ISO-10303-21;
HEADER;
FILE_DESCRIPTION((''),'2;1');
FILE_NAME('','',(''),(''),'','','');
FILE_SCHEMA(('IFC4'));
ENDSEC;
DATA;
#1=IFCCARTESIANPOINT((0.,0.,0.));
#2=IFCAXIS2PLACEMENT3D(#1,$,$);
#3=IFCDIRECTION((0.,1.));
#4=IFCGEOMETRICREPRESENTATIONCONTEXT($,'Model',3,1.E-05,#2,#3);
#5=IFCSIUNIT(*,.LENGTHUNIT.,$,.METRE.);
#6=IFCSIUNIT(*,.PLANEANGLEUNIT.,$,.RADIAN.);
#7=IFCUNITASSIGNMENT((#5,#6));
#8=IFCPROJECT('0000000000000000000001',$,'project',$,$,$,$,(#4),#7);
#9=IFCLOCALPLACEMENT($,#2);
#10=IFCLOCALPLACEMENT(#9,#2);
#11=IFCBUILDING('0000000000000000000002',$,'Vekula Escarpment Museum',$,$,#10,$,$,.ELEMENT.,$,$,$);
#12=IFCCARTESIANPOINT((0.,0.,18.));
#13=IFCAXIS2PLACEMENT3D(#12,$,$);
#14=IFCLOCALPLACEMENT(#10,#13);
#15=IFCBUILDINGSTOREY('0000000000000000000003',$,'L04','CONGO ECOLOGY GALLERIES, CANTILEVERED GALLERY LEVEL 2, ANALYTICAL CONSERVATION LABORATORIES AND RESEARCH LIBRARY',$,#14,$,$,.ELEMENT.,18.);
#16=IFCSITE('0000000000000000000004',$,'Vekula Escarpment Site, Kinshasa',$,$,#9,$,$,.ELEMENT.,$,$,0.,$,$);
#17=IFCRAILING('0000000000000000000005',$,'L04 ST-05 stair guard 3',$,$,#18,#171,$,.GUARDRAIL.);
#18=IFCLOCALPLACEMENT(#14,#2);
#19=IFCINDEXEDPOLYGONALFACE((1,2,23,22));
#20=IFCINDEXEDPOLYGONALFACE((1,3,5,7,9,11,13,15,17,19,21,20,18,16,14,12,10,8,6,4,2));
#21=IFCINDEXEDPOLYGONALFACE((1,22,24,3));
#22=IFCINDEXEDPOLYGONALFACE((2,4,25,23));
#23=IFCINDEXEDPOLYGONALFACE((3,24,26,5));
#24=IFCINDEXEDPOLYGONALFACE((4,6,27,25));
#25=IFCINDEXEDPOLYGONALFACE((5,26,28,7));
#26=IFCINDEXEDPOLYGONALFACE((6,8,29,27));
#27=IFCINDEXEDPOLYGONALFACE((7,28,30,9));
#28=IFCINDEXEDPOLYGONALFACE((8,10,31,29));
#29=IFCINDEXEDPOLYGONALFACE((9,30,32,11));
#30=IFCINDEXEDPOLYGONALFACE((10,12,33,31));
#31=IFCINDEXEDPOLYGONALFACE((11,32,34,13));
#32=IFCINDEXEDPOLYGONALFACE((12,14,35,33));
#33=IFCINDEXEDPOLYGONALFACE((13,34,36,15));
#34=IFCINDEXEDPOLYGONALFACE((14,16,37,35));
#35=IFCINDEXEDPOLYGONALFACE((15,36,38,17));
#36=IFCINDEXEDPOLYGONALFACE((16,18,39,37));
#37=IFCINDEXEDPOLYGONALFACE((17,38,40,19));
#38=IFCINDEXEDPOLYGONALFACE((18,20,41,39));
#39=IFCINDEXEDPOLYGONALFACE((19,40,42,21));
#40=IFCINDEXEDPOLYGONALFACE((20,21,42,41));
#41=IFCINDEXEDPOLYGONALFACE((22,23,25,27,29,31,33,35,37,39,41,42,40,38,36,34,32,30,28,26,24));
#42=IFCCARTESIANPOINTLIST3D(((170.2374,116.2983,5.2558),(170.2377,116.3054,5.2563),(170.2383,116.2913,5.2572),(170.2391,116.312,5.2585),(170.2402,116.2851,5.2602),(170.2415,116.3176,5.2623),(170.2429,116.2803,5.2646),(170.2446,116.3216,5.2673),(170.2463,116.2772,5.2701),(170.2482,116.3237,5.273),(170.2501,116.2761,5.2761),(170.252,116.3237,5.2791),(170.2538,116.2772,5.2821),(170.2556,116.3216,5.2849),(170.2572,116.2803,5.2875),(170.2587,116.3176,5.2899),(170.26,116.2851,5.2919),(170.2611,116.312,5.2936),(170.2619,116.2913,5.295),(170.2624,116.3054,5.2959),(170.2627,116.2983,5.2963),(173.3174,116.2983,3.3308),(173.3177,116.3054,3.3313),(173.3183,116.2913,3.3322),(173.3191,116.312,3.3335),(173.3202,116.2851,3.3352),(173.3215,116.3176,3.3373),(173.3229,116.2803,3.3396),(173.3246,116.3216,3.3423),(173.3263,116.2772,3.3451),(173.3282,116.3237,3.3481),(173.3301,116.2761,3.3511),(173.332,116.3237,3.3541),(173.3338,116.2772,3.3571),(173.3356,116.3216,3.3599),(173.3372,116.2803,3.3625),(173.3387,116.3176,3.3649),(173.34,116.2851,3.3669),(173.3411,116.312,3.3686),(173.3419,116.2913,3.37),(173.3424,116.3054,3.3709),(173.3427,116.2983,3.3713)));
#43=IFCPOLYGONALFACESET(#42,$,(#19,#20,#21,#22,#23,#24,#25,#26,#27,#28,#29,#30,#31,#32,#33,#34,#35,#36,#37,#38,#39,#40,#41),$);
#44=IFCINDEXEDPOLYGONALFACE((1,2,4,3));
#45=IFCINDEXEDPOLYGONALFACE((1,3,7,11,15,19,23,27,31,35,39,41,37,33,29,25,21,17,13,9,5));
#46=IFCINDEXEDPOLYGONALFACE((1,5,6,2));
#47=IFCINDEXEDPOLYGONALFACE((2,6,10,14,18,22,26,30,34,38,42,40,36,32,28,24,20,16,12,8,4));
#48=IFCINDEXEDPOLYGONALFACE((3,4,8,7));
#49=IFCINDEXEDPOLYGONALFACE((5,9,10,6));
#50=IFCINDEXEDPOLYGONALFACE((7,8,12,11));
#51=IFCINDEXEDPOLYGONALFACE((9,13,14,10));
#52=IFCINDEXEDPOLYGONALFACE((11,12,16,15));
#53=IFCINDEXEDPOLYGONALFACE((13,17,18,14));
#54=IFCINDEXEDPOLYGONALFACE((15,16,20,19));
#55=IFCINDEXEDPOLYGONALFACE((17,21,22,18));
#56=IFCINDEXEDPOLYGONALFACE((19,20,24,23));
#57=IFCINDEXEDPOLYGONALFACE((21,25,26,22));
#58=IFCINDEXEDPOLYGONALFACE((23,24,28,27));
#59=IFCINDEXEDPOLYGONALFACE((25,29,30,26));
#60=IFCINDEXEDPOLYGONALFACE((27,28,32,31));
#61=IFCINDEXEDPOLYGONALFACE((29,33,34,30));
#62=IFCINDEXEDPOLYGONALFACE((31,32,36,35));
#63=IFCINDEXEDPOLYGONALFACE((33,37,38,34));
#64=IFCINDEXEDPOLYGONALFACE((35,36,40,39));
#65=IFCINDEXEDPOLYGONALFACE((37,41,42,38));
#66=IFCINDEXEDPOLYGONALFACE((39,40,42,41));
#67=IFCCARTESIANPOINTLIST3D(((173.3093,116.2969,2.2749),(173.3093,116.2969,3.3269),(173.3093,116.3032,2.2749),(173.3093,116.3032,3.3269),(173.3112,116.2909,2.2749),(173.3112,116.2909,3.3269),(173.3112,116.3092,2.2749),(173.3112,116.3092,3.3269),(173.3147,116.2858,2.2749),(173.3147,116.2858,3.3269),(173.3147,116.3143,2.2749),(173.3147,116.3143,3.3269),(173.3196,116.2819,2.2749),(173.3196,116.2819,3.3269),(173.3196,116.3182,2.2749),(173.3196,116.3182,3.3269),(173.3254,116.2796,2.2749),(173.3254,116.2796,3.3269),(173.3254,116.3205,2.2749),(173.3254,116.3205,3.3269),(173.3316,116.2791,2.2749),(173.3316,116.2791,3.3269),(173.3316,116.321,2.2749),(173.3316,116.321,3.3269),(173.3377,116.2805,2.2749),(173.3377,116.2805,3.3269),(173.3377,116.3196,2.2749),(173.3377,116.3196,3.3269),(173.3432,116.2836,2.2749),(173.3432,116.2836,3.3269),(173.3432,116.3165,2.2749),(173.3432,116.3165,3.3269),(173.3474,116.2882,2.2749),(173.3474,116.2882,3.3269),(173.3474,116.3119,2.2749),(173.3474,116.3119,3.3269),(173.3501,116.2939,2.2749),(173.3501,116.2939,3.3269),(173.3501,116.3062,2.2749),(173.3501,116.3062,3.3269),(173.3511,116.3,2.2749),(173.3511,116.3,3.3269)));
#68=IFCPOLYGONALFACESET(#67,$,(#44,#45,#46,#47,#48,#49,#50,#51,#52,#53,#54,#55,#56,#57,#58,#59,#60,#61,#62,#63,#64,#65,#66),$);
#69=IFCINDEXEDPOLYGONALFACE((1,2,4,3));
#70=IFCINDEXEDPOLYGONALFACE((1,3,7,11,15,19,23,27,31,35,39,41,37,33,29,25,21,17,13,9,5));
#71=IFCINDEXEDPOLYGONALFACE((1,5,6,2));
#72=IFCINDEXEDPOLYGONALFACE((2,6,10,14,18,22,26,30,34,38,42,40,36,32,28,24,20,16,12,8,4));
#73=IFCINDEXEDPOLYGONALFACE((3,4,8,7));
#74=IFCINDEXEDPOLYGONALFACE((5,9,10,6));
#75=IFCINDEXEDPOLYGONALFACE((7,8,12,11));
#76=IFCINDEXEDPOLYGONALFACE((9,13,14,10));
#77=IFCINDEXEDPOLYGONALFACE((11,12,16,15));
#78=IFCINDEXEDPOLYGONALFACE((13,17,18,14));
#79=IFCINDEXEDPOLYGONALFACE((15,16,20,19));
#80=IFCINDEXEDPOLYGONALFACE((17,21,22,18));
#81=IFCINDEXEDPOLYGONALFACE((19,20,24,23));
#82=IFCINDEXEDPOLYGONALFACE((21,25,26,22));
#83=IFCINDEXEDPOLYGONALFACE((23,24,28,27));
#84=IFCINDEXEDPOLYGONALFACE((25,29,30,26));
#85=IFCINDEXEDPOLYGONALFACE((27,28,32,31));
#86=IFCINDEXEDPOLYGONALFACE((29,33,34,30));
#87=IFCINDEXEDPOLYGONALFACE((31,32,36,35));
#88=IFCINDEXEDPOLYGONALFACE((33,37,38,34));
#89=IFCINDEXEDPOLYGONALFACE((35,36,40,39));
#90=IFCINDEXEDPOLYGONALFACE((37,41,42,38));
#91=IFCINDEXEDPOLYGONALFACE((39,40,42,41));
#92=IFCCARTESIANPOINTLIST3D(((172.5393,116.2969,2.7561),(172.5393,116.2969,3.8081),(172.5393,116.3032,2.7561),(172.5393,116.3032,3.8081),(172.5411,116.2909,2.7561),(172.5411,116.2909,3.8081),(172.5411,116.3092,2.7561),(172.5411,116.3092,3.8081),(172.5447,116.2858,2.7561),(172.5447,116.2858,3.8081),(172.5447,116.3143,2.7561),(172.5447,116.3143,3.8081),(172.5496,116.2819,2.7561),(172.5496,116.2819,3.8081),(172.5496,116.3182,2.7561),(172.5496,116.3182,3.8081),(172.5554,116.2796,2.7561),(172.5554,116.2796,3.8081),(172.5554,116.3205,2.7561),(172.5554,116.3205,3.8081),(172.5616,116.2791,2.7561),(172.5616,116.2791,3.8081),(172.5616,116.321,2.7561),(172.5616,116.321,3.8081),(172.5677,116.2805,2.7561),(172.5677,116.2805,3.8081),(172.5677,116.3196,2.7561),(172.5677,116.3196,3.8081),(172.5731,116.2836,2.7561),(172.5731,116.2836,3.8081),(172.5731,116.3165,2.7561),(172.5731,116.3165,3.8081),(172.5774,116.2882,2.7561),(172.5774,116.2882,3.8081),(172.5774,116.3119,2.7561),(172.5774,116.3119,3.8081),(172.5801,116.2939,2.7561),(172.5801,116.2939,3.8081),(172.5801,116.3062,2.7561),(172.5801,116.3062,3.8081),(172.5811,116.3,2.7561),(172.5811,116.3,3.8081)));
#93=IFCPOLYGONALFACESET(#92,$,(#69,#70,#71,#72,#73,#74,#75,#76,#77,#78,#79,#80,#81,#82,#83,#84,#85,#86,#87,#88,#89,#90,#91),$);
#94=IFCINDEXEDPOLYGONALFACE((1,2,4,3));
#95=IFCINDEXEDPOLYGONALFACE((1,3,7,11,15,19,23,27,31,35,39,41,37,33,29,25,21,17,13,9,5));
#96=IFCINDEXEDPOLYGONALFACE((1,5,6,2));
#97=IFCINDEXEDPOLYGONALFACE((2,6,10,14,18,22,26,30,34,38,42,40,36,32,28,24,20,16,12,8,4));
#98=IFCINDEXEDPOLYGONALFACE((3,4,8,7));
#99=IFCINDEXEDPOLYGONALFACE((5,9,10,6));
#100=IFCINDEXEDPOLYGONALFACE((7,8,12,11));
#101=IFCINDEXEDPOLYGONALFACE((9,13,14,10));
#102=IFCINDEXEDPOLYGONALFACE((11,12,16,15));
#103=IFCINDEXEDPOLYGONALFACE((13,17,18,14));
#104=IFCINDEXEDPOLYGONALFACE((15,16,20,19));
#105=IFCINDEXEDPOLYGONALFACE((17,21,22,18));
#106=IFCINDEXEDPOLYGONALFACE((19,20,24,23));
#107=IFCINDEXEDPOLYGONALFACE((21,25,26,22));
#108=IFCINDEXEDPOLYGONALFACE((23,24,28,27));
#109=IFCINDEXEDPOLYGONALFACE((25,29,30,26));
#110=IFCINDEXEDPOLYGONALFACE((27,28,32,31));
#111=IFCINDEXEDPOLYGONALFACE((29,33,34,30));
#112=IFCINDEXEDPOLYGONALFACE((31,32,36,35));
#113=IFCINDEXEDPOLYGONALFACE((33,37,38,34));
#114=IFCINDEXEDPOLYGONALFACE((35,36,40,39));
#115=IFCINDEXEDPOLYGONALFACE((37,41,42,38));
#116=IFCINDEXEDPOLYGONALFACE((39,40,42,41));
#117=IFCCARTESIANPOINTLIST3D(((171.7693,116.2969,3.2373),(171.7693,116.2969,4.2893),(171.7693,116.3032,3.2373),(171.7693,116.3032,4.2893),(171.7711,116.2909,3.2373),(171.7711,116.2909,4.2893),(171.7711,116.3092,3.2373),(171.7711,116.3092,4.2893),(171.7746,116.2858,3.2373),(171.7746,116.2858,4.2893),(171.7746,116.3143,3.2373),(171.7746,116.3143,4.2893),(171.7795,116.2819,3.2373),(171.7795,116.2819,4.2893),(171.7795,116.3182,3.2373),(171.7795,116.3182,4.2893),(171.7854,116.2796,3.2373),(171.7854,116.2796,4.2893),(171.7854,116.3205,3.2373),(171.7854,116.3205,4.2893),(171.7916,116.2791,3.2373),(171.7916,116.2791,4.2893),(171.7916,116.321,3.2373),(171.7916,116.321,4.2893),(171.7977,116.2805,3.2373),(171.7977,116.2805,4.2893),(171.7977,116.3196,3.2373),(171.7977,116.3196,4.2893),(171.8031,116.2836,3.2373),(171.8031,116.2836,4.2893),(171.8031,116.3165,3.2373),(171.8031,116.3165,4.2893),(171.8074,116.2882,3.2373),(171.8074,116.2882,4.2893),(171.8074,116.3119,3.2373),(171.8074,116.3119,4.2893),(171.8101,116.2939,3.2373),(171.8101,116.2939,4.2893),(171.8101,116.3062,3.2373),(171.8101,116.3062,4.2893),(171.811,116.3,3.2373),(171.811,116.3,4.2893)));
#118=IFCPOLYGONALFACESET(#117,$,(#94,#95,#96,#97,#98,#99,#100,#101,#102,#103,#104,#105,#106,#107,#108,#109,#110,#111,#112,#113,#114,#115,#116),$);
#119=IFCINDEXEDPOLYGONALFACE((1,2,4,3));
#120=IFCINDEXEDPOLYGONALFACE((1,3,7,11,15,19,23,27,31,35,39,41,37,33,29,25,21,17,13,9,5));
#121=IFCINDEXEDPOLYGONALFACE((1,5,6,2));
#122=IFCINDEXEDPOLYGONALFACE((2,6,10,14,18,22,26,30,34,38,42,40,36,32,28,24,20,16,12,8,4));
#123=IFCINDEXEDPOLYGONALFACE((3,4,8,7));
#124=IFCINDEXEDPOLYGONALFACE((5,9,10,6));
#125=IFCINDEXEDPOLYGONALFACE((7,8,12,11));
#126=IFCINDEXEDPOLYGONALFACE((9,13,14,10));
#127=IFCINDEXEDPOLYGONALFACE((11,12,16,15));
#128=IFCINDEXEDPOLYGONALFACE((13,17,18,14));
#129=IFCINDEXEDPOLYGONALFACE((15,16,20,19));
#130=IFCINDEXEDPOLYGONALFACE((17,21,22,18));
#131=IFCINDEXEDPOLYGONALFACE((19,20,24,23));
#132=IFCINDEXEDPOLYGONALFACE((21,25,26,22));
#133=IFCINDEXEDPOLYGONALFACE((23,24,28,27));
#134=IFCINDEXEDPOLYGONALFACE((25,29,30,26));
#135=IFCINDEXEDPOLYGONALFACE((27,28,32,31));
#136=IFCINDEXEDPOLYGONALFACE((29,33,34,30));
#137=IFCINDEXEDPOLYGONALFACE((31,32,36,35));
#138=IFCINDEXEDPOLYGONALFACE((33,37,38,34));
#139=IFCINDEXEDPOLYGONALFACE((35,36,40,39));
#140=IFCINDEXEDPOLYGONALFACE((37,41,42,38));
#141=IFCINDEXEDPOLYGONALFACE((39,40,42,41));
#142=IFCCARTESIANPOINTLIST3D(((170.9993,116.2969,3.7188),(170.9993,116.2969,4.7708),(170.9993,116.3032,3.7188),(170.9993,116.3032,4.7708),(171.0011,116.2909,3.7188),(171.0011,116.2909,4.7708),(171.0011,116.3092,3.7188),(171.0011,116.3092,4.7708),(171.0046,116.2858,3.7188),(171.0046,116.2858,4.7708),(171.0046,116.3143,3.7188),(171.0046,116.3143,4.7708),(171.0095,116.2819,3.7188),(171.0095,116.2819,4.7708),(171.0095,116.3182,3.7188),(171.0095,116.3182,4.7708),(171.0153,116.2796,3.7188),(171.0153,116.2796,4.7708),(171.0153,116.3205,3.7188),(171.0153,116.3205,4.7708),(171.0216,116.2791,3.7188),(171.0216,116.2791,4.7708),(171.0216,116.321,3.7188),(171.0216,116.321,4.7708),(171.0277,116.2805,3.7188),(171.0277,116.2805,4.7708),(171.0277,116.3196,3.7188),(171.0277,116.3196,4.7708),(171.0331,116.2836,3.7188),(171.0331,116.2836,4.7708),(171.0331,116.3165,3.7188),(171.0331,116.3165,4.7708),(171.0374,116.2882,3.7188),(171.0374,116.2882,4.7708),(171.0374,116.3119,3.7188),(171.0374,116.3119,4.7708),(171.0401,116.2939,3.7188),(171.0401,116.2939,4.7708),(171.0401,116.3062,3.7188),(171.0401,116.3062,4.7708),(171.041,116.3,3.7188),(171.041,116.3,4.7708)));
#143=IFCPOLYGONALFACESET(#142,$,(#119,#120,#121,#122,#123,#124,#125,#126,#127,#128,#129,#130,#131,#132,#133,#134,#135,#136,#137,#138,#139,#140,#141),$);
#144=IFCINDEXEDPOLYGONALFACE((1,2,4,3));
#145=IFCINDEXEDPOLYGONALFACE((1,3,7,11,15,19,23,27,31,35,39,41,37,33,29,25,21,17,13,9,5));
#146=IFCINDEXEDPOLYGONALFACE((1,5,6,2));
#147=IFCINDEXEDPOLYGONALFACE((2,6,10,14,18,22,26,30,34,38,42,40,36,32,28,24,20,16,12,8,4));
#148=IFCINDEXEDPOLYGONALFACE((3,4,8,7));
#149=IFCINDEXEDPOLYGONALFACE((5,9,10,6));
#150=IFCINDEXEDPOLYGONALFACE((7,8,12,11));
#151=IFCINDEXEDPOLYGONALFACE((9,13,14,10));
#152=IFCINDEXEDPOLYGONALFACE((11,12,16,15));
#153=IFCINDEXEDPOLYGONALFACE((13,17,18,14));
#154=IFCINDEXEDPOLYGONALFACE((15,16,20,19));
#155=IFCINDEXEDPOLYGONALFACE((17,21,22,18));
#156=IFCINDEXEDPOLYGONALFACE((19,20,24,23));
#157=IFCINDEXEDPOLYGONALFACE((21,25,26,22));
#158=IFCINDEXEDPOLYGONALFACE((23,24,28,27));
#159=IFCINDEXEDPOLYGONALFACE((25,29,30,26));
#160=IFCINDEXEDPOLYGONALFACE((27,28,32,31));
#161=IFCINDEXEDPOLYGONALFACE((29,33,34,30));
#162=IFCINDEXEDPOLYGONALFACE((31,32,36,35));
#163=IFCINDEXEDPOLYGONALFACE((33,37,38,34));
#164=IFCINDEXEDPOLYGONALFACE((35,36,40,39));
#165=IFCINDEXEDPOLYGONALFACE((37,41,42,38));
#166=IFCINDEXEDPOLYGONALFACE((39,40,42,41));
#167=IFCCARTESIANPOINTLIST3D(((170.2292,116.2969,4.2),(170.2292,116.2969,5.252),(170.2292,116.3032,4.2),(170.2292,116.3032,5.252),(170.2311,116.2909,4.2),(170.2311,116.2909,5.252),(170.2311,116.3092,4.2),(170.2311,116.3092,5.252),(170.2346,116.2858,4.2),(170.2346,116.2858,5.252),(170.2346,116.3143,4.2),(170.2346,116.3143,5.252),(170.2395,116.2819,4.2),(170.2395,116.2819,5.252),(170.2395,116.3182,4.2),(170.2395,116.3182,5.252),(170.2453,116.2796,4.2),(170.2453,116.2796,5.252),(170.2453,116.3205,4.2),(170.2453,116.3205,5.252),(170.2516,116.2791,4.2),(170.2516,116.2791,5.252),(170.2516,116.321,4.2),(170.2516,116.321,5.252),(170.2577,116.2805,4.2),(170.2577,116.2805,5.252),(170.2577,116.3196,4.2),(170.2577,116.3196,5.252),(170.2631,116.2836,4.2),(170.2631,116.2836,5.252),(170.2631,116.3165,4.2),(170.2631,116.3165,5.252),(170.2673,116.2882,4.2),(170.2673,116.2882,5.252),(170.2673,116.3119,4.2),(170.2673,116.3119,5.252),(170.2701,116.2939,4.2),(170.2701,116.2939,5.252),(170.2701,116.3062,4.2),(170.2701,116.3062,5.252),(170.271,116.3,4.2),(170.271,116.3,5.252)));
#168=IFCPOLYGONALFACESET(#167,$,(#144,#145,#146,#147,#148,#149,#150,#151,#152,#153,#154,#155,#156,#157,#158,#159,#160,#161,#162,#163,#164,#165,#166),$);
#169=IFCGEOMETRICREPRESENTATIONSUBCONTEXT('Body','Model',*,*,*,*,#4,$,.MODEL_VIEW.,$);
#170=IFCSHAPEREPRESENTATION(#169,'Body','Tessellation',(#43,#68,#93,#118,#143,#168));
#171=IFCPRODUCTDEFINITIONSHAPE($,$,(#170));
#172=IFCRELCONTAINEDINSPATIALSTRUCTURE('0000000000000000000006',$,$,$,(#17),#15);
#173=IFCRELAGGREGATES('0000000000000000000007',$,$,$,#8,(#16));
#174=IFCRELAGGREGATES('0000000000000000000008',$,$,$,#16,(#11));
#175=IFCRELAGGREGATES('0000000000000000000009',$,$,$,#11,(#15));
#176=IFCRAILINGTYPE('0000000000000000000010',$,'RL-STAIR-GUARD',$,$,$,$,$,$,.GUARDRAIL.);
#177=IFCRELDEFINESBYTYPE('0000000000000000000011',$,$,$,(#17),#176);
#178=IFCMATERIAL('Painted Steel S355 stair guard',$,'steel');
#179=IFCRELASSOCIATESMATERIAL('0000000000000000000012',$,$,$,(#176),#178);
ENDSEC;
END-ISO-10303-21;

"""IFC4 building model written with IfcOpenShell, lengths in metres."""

from ifc_helpers import new_model, si_unit, direction, frame, origin, origin_2d, place, context, subcontext, project, spatial, circle, extrude, material, type_object, element, save


model = new_model("IFC4")

# Units and contexts
model_context = context("Model", 3, precision=1e-05, world=origin(), true_north=direction((0.0, 1.0)))
body_context = subcontext(model_context, "Body", "Model", "MODEL_VIEW")
ifc_project = project(units=[si_unit("LENGTHUNIT", "METRE"), si_unit("PLANEANGLEUNIT", "RADIAN")], contexts=[model_context])

# Site, building, storey
site_placement = place(None, origin())
site = spatial("IfcSite", under=ifc_project, at=site_placement, Name="Vekula Escarpment Site, Kinshasa", CompositionType="ELEMENT", RefElevation=0.0)
building_placement = place(site_placement, origin())
building = spatial("IfcBuilding", under=site, at=building_placement, Name="Vekula Escarpment Museum", CompositionType="ELEMENT")
storey_placement = place(building_placement, frame((0.0, 0.0, 18.0)))
storey = spatial("IfcBuildingStorey", under=building, at=storey_placement, Name="L04", Description="CONGO ECOLOGY GALLERIES, CANTILEVERED GALLERY LEVEL 2, ANALYTICAL CONSERVATION LABORATORIES AND RESEARCH LIBRARY", CompositionType="ELEMENT", Elevation=18.0)

# Railing
ifc_material_1 = material(Name="Painted Steel S355 stair guard", Category="steel")
railing_type = type_object("IfcRailingType", Name="RL-STAIR-GUARD", PredefinedType="GUARDRAIL", material=ifc_material_1)
railing_1_placement = place(storey_placement, frame((173.3301, 116.3, 2.2749)))
element("IfcRailing", 1, at=railing_1_placement, inside=storey, type_object=railing_type, Name="L04 ST-05 stair guard 3", PredefinedType="GUARDRAIL", context=body_context, shape_type="SweptSolid", body=[
    extrude(circle(Radius=0.0239, at=origin_2d()), frame((0.0, 0.0, 1.0762), z_axis=(-0.847998, 0.0, 0.529999), x_axis=(0.0, -1.0, 0.0)), (0.0, 0.0, 1.0), 3.6321),
    extrude(circle(Radius=0.021, at=origin_2d()), origin(), (0.0, 0.0, 1.0), 1.052),
    extrude(circle(Radius=0.021, at=origin_2d()), frame((-0.77, 0.0, 0.4812)), (0.0, 0.0, 1.0), 1.052),
    extrude(circle(Radius=0.021, at=origin_2d()), frame((-1.54, 0.0, 0.9624)), (0.0, 0.0, 1.0), 1.052),
    extrude(circle(Radius=0.021, at=origin_2d()), frame((-2.3101, 0.0, 1.4438)), (0.0, 0.0, 1.0), 1.052),
    extrude(circle(Radius=0.021, at=origin_2d()), frame((-3.0801, 0.0, 1.925)), (0.0, 0.0, 1.0), 1.052),
])

save(model, "model.ifc")
